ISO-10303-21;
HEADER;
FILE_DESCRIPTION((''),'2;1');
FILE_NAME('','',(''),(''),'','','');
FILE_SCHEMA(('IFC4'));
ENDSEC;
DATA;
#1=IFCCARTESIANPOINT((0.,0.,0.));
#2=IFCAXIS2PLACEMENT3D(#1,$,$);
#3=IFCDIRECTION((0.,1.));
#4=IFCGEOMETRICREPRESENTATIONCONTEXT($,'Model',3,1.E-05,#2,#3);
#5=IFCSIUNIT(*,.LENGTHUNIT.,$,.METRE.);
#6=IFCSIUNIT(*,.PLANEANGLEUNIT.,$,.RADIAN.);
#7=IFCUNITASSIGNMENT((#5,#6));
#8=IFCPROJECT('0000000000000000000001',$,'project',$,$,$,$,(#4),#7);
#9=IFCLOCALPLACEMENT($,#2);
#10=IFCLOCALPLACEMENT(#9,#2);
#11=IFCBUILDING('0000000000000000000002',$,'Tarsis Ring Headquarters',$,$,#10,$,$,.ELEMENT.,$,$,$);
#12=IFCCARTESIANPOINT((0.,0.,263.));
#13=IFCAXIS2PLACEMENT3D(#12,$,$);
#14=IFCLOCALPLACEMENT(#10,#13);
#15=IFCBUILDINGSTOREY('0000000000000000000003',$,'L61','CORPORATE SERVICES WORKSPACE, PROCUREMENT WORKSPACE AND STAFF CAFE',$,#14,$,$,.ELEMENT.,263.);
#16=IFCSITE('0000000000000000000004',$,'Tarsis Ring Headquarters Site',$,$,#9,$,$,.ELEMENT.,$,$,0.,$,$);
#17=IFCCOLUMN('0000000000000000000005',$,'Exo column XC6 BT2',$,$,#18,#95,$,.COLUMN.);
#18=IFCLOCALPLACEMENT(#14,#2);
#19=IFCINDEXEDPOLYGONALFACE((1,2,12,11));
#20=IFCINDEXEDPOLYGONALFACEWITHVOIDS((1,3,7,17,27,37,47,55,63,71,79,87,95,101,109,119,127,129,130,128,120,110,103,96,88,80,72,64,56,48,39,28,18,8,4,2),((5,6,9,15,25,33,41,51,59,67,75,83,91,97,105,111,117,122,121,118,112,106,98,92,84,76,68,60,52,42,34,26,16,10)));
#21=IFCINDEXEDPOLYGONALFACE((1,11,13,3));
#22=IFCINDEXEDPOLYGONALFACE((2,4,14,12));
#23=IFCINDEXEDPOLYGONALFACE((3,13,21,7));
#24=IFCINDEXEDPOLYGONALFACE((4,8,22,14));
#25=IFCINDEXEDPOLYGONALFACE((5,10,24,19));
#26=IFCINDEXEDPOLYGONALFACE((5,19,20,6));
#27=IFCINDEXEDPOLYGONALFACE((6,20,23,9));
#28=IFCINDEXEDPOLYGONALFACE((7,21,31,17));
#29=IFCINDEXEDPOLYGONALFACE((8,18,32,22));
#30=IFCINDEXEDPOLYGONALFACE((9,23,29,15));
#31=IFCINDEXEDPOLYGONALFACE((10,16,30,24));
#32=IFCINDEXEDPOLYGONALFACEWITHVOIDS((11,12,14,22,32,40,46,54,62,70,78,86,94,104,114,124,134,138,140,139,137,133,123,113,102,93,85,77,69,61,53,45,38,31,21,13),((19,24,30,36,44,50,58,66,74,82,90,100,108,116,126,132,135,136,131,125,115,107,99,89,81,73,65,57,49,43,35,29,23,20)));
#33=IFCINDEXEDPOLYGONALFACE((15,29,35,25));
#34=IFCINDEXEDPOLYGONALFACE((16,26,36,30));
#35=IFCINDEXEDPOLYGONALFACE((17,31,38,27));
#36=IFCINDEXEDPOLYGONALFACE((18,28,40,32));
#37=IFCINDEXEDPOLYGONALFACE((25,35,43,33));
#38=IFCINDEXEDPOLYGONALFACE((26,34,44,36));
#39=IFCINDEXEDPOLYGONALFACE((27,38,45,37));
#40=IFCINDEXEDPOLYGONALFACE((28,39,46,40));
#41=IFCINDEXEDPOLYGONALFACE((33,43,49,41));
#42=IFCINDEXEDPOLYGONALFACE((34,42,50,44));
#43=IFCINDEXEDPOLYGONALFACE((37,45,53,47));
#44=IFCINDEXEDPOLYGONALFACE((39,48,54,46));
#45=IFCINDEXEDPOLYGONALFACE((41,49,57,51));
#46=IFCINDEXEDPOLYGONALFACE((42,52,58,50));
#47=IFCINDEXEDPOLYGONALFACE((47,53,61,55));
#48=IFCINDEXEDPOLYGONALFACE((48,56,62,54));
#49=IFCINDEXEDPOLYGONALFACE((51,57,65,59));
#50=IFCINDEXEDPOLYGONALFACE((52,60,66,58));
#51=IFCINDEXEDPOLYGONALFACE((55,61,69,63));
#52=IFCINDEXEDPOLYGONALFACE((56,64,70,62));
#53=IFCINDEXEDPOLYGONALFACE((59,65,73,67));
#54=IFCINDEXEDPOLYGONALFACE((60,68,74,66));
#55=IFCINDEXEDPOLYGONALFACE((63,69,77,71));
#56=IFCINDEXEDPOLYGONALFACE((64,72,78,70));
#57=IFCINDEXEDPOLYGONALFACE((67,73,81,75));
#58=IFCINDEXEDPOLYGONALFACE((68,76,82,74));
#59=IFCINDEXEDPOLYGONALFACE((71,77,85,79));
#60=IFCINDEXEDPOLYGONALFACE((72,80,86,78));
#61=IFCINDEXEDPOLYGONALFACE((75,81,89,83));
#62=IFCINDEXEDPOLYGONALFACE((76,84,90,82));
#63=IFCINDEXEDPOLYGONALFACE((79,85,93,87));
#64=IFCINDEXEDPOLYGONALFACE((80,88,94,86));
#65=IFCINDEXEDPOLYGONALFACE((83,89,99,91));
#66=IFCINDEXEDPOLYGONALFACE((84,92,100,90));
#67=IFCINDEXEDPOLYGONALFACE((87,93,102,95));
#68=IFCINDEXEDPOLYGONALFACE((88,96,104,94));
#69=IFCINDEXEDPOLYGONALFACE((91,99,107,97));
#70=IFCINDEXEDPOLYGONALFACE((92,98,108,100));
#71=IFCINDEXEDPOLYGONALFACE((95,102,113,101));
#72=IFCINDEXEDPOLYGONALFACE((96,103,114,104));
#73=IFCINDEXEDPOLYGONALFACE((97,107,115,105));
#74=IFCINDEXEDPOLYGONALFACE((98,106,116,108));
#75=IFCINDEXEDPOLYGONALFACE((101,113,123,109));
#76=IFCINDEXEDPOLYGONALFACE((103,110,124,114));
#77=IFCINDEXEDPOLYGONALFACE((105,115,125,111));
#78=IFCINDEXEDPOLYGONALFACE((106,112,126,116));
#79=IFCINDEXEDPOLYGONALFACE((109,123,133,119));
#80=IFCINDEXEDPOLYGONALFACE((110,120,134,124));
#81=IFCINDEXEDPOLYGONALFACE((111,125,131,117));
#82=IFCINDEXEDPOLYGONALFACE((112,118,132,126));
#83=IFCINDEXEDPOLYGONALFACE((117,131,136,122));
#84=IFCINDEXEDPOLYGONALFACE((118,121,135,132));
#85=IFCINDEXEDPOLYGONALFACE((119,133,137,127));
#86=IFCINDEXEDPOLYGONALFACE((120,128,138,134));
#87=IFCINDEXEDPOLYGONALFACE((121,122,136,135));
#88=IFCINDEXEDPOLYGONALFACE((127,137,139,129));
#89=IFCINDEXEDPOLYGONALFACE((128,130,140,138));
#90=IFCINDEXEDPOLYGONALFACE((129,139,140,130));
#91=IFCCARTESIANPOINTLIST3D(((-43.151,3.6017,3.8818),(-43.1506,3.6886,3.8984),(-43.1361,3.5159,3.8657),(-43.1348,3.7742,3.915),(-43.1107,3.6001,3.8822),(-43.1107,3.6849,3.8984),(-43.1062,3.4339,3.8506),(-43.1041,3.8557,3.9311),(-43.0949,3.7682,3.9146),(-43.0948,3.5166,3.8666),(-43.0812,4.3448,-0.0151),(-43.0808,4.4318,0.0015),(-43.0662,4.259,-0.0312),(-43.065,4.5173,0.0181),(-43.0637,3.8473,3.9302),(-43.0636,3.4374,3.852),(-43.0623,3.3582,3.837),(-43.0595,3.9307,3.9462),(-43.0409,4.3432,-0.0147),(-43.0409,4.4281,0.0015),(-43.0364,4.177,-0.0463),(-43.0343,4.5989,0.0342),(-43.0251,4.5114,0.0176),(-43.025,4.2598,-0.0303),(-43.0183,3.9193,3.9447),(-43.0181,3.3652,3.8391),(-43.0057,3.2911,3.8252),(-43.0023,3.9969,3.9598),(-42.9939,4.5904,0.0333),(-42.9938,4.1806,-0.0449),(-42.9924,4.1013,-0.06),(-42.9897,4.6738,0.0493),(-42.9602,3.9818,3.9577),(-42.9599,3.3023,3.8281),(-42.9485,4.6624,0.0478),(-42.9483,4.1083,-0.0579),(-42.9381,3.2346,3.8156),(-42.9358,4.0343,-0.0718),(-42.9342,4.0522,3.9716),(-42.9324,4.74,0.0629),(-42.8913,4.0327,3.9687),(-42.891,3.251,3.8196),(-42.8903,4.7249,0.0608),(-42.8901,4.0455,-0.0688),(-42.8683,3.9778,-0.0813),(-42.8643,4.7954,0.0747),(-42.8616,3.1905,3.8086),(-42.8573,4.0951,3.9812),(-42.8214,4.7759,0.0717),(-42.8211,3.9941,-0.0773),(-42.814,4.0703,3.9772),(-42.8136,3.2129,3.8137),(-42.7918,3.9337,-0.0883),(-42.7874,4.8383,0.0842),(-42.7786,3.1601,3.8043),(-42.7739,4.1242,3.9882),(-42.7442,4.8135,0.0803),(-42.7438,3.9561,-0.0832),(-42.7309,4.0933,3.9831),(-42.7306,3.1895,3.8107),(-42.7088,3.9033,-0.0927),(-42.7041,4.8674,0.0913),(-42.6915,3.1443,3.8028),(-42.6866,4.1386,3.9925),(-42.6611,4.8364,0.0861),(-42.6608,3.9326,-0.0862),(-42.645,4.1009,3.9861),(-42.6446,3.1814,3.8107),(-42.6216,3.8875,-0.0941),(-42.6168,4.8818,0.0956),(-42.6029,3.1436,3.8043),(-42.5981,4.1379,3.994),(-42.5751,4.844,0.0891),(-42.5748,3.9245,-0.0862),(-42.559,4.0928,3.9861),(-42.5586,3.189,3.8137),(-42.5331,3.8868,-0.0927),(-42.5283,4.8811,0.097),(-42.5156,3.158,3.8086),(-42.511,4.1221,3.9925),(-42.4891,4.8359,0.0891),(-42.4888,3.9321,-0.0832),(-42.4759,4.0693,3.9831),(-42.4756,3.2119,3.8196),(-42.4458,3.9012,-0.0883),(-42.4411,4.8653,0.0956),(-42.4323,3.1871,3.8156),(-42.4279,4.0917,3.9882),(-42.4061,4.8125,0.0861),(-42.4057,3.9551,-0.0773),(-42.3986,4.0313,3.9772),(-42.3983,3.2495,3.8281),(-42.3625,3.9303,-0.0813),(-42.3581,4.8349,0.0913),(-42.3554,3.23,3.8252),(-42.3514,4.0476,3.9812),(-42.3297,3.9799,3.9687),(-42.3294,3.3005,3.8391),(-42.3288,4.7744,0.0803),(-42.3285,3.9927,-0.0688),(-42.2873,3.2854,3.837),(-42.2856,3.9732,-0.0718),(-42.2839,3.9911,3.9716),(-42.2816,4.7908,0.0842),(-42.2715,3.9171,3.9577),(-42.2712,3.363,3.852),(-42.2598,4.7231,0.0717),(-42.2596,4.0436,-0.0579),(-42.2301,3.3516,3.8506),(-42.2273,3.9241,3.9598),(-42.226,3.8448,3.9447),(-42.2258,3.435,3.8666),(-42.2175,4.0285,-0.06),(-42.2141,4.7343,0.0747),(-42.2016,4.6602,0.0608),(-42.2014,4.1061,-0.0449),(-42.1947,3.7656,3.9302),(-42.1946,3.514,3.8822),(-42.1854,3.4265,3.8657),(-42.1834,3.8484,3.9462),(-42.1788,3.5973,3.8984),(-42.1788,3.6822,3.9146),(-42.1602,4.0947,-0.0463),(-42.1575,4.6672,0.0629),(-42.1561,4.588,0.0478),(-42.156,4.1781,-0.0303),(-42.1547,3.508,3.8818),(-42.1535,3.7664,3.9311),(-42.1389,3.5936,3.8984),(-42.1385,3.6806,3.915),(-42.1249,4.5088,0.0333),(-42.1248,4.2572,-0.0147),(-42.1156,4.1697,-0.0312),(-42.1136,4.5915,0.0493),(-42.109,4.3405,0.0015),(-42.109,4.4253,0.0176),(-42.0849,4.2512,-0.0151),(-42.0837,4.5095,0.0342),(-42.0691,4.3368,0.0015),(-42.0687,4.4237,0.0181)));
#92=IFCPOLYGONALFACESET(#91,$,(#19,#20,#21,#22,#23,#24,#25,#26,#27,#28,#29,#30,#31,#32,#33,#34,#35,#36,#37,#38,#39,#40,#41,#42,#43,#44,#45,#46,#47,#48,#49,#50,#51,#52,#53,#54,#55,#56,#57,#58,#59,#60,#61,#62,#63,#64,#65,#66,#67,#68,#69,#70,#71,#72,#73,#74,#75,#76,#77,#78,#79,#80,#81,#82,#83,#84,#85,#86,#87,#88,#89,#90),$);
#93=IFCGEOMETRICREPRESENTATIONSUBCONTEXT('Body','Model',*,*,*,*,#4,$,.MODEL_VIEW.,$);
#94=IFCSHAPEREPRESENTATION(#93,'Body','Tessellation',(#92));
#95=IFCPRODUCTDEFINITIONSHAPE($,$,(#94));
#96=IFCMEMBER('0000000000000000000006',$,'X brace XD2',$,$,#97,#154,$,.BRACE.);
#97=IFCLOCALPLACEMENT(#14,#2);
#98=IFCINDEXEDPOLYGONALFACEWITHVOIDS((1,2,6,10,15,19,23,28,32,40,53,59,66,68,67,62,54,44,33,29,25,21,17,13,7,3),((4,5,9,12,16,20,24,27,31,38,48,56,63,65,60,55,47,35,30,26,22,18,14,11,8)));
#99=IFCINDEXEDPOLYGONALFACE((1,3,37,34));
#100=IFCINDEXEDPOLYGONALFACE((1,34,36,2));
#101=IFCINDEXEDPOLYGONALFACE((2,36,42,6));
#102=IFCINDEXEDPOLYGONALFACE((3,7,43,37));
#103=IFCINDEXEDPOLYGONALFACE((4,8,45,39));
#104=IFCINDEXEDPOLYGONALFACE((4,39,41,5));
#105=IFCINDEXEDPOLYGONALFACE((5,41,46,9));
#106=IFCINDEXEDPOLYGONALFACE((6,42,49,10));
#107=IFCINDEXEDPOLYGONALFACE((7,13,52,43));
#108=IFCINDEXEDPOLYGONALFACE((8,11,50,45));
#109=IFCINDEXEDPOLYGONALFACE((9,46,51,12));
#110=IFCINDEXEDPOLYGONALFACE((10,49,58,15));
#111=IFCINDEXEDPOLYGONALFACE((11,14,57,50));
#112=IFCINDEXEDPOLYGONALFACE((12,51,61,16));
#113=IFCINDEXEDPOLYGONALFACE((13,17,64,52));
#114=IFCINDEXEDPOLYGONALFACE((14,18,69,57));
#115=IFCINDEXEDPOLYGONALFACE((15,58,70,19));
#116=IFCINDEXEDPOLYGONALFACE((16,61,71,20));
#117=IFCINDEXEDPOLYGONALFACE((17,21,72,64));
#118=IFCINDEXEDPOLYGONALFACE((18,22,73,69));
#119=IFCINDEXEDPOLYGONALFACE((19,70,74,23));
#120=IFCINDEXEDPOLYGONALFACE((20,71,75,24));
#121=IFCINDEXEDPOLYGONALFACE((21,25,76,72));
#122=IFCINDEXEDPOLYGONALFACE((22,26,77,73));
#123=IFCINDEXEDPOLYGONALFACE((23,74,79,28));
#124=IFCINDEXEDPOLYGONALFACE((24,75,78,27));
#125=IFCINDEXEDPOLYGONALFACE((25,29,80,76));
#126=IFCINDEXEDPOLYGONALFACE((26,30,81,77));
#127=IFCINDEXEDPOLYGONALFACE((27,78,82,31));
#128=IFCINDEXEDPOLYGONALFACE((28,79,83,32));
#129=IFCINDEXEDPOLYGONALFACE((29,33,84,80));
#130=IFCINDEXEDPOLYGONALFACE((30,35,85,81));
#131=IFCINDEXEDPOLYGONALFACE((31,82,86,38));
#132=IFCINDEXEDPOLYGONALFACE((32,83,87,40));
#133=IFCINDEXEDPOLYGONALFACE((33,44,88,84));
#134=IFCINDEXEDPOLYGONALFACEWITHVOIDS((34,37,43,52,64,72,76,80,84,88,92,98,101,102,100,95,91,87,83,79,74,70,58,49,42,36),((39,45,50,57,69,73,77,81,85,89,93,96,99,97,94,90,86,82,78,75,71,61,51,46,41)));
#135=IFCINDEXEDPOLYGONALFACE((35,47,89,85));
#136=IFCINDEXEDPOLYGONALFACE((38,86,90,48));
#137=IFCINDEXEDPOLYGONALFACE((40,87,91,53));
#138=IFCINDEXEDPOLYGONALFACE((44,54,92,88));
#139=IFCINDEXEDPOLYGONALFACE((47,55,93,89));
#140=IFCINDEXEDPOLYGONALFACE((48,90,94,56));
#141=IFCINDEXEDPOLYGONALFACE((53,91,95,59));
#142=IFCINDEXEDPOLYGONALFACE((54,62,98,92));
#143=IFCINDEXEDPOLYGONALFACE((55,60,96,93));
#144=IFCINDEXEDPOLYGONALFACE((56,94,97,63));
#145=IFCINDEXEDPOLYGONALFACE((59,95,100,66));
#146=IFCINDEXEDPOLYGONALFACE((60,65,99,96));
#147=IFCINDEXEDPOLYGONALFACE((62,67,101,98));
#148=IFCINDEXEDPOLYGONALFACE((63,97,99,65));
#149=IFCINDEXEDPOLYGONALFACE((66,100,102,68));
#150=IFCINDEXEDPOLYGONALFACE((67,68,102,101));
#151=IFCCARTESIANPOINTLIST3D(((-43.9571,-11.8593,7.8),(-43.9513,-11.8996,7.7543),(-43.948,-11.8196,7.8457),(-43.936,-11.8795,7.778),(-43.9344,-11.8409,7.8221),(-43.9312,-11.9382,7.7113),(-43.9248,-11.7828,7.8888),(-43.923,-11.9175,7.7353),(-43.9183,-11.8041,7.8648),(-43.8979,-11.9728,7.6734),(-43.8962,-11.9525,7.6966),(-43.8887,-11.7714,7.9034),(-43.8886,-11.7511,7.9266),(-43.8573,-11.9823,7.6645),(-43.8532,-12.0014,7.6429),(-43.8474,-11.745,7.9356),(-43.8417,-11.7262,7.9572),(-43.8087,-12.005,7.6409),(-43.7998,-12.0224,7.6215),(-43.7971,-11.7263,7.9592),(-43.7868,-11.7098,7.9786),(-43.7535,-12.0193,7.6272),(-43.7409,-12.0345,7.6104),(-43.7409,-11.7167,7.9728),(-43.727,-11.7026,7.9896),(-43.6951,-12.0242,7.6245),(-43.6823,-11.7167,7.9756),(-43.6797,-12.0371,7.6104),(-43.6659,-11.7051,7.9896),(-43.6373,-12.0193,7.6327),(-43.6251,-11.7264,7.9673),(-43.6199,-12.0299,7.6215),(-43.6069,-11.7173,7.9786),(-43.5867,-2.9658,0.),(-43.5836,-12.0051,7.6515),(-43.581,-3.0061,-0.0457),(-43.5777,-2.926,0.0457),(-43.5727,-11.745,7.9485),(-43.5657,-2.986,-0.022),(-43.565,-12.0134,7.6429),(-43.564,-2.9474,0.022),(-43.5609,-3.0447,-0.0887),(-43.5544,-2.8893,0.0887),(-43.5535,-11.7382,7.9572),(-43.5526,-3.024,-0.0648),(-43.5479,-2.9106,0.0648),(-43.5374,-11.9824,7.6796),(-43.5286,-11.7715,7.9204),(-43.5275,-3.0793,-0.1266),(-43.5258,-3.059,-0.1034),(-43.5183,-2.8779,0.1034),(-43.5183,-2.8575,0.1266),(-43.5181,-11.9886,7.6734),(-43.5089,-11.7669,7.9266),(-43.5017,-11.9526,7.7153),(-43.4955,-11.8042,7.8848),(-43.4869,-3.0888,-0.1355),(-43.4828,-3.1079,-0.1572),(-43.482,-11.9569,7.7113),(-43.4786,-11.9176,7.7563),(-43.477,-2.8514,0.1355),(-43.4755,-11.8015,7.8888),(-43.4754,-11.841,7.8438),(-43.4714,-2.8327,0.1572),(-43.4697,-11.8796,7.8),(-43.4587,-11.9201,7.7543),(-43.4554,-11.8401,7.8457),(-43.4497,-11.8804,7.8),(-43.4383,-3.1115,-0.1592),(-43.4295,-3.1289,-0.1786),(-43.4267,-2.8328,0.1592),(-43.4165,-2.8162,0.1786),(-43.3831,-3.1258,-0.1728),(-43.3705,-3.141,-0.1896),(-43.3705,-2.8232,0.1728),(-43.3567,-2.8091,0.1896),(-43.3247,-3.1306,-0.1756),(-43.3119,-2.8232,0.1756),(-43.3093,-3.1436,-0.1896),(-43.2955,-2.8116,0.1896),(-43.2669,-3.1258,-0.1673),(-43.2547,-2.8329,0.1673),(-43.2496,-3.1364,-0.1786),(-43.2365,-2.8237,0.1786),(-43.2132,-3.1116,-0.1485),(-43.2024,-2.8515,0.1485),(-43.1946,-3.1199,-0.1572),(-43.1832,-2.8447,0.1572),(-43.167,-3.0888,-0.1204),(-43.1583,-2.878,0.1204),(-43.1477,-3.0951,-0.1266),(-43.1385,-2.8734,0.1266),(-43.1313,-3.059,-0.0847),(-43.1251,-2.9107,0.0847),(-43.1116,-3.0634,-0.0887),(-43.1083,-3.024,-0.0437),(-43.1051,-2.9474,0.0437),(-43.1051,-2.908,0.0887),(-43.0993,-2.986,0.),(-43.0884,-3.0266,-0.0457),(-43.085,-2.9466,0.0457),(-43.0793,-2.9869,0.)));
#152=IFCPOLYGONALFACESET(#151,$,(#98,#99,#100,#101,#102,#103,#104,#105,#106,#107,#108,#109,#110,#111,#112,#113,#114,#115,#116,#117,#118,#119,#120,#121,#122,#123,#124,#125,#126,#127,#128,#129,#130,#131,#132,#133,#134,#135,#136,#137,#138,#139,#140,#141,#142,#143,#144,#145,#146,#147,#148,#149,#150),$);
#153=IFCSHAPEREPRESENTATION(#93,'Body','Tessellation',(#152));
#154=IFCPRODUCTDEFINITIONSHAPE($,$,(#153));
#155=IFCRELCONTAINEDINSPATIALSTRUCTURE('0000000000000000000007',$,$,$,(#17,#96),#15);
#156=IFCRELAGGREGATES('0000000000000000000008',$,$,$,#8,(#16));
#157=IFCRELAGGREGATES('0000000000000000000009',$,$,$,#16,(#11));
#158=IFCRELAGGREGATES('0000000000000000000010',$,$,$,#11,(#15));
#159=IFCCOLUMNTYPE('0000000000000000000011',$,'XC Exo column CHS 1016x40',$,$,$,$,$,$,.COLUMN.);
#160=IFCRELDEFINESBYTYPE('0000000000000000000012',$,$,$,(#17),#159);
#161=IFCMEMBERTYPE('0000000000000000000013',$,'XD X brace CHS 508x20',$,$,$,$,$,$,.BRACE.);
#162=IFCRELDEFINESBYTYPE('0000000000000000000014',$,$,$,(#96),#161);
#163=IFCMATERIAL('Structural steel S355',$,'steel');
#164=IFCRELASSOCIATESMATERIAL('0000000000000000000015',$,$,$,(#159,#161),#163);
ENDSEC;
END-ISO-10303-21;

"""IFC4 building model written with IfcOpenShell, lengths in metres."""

from ifc_helpers import new_model, si_unit, direction, frame, origin, origin_2d, place, context, subcontext, project, spatial, hollow_circle, extrude, material, material_profile, profile_set, type_object, element, save


model = new_model("IFC4")

# Units and contexts
model_context = context("Model", 3, precision=1e-05, world=origin(), true_north=direction((0.0, 1.0)))
body_context = subcontext(model_context, "Body", "Model", "MODEL_VIEW")
ifc_project = project(units=[si_unit("LENGTHUNIT", "METRE"), si_unit("PLANEANGLEUNIT", "RADIAN")], contexts=[model_context])

# Site, building, storey
site_placement = place(None, origin())
site = spatial("IfcSite", under=ifc_project, at=site_placement, Name="Tarsis Ring Headquarters Site", CompositionType="ELEMENT", RefElevation=0.0)
building_placement = place(site_placement, origin())
building = spatial("IfcBuilding", under=site, at=building_placement, Name="Tarsis Ring Headquarters", CompositionType="ELEMENT")
storey_placement = place(building_placement, frame((0.0, 0.0, 263.0)))
storey = spatial("IfcBuildingStorey", under=building, at=storey_placement, Name="L61", Description="CORPORATE SERVICES WORKSPACE, PROCUREMENT WORKSPACE AND STAFF CAFE", CompositionType="ELEMENT", Elevation=263.0)

# Column
ifc_material_1 = material(Name="Structural steel S355", Category="steel")
ifc_material_profile_1 = material_profile(ifc_material_1, hollow_circle(Radius=0.5081, WallThickness=0.04, at=origin_2d()), Name="CHS 1016x40")
ifc_profile_set_1 = profile_set([ifc_material_profile_1], Name="Structural steel S355")
column_type = type_object("IfcColumnType", Name="XC Exo column CHS 1016x40", PredefinedType="COLUMN", material=ifc_profile_set_1)
column_placement = place(storey_placement, frame((-42.575, 4.3843, 0.0015), z_axis=(-0.017598, -0.187298, 0.982145), x_axis=(0.995615, -0.093543, 0.0)))
element("IfcColumn", 1, at=column_placement, inside=storey, type_object=column_type, Name="Exo column XC6 BT2", PredefinedType="COLUMN", context=body_context, shape_type="SweptSolid", body=[
    extrude(hollow_circle(Radius=0.5081, WallThickness=0.04, at=origin_2d()), origin(), (0.0, 0.0, 1.0), 3.9678),
])

# Member
ifc_material_profile_2 = material_profile(ifc_material_1, hollow_circle(Radius=0.2539, WallThickness=0.02, at=origin_2d()), Name="CHS 508x20")
ifc_profile_set_2 = profile_set([ifc_material_profile_2], Name="Structural steel S355")
member_type = type_object("IfcMemberType", Name="XD X brace CHS 508x20", PredefinedType="BRACE", material=ifc_profile_set_2)
member_1_placement = place(storey_placement, frame((-43.333, -2.9763, 0.0), z_axis=(-0.031293, -0.751446, 0.659052), x_axis=(0.999134, -0.041608, 0.0)))
element("IfcMember", 2, at=member_1_placement, inside=storey, type_object=member_type, Name="X brace XD2", PredefinedType="BRACE", context=body_context, shape_type="SweptSolid", body=[
    extrude(hollow_circle(Radius=0.2539, WallThickness=0.02, at=origin_2d()), origin(), (0.0, 0.0, 1.0), 11.8352),
])

save(model, "model.ifc")
